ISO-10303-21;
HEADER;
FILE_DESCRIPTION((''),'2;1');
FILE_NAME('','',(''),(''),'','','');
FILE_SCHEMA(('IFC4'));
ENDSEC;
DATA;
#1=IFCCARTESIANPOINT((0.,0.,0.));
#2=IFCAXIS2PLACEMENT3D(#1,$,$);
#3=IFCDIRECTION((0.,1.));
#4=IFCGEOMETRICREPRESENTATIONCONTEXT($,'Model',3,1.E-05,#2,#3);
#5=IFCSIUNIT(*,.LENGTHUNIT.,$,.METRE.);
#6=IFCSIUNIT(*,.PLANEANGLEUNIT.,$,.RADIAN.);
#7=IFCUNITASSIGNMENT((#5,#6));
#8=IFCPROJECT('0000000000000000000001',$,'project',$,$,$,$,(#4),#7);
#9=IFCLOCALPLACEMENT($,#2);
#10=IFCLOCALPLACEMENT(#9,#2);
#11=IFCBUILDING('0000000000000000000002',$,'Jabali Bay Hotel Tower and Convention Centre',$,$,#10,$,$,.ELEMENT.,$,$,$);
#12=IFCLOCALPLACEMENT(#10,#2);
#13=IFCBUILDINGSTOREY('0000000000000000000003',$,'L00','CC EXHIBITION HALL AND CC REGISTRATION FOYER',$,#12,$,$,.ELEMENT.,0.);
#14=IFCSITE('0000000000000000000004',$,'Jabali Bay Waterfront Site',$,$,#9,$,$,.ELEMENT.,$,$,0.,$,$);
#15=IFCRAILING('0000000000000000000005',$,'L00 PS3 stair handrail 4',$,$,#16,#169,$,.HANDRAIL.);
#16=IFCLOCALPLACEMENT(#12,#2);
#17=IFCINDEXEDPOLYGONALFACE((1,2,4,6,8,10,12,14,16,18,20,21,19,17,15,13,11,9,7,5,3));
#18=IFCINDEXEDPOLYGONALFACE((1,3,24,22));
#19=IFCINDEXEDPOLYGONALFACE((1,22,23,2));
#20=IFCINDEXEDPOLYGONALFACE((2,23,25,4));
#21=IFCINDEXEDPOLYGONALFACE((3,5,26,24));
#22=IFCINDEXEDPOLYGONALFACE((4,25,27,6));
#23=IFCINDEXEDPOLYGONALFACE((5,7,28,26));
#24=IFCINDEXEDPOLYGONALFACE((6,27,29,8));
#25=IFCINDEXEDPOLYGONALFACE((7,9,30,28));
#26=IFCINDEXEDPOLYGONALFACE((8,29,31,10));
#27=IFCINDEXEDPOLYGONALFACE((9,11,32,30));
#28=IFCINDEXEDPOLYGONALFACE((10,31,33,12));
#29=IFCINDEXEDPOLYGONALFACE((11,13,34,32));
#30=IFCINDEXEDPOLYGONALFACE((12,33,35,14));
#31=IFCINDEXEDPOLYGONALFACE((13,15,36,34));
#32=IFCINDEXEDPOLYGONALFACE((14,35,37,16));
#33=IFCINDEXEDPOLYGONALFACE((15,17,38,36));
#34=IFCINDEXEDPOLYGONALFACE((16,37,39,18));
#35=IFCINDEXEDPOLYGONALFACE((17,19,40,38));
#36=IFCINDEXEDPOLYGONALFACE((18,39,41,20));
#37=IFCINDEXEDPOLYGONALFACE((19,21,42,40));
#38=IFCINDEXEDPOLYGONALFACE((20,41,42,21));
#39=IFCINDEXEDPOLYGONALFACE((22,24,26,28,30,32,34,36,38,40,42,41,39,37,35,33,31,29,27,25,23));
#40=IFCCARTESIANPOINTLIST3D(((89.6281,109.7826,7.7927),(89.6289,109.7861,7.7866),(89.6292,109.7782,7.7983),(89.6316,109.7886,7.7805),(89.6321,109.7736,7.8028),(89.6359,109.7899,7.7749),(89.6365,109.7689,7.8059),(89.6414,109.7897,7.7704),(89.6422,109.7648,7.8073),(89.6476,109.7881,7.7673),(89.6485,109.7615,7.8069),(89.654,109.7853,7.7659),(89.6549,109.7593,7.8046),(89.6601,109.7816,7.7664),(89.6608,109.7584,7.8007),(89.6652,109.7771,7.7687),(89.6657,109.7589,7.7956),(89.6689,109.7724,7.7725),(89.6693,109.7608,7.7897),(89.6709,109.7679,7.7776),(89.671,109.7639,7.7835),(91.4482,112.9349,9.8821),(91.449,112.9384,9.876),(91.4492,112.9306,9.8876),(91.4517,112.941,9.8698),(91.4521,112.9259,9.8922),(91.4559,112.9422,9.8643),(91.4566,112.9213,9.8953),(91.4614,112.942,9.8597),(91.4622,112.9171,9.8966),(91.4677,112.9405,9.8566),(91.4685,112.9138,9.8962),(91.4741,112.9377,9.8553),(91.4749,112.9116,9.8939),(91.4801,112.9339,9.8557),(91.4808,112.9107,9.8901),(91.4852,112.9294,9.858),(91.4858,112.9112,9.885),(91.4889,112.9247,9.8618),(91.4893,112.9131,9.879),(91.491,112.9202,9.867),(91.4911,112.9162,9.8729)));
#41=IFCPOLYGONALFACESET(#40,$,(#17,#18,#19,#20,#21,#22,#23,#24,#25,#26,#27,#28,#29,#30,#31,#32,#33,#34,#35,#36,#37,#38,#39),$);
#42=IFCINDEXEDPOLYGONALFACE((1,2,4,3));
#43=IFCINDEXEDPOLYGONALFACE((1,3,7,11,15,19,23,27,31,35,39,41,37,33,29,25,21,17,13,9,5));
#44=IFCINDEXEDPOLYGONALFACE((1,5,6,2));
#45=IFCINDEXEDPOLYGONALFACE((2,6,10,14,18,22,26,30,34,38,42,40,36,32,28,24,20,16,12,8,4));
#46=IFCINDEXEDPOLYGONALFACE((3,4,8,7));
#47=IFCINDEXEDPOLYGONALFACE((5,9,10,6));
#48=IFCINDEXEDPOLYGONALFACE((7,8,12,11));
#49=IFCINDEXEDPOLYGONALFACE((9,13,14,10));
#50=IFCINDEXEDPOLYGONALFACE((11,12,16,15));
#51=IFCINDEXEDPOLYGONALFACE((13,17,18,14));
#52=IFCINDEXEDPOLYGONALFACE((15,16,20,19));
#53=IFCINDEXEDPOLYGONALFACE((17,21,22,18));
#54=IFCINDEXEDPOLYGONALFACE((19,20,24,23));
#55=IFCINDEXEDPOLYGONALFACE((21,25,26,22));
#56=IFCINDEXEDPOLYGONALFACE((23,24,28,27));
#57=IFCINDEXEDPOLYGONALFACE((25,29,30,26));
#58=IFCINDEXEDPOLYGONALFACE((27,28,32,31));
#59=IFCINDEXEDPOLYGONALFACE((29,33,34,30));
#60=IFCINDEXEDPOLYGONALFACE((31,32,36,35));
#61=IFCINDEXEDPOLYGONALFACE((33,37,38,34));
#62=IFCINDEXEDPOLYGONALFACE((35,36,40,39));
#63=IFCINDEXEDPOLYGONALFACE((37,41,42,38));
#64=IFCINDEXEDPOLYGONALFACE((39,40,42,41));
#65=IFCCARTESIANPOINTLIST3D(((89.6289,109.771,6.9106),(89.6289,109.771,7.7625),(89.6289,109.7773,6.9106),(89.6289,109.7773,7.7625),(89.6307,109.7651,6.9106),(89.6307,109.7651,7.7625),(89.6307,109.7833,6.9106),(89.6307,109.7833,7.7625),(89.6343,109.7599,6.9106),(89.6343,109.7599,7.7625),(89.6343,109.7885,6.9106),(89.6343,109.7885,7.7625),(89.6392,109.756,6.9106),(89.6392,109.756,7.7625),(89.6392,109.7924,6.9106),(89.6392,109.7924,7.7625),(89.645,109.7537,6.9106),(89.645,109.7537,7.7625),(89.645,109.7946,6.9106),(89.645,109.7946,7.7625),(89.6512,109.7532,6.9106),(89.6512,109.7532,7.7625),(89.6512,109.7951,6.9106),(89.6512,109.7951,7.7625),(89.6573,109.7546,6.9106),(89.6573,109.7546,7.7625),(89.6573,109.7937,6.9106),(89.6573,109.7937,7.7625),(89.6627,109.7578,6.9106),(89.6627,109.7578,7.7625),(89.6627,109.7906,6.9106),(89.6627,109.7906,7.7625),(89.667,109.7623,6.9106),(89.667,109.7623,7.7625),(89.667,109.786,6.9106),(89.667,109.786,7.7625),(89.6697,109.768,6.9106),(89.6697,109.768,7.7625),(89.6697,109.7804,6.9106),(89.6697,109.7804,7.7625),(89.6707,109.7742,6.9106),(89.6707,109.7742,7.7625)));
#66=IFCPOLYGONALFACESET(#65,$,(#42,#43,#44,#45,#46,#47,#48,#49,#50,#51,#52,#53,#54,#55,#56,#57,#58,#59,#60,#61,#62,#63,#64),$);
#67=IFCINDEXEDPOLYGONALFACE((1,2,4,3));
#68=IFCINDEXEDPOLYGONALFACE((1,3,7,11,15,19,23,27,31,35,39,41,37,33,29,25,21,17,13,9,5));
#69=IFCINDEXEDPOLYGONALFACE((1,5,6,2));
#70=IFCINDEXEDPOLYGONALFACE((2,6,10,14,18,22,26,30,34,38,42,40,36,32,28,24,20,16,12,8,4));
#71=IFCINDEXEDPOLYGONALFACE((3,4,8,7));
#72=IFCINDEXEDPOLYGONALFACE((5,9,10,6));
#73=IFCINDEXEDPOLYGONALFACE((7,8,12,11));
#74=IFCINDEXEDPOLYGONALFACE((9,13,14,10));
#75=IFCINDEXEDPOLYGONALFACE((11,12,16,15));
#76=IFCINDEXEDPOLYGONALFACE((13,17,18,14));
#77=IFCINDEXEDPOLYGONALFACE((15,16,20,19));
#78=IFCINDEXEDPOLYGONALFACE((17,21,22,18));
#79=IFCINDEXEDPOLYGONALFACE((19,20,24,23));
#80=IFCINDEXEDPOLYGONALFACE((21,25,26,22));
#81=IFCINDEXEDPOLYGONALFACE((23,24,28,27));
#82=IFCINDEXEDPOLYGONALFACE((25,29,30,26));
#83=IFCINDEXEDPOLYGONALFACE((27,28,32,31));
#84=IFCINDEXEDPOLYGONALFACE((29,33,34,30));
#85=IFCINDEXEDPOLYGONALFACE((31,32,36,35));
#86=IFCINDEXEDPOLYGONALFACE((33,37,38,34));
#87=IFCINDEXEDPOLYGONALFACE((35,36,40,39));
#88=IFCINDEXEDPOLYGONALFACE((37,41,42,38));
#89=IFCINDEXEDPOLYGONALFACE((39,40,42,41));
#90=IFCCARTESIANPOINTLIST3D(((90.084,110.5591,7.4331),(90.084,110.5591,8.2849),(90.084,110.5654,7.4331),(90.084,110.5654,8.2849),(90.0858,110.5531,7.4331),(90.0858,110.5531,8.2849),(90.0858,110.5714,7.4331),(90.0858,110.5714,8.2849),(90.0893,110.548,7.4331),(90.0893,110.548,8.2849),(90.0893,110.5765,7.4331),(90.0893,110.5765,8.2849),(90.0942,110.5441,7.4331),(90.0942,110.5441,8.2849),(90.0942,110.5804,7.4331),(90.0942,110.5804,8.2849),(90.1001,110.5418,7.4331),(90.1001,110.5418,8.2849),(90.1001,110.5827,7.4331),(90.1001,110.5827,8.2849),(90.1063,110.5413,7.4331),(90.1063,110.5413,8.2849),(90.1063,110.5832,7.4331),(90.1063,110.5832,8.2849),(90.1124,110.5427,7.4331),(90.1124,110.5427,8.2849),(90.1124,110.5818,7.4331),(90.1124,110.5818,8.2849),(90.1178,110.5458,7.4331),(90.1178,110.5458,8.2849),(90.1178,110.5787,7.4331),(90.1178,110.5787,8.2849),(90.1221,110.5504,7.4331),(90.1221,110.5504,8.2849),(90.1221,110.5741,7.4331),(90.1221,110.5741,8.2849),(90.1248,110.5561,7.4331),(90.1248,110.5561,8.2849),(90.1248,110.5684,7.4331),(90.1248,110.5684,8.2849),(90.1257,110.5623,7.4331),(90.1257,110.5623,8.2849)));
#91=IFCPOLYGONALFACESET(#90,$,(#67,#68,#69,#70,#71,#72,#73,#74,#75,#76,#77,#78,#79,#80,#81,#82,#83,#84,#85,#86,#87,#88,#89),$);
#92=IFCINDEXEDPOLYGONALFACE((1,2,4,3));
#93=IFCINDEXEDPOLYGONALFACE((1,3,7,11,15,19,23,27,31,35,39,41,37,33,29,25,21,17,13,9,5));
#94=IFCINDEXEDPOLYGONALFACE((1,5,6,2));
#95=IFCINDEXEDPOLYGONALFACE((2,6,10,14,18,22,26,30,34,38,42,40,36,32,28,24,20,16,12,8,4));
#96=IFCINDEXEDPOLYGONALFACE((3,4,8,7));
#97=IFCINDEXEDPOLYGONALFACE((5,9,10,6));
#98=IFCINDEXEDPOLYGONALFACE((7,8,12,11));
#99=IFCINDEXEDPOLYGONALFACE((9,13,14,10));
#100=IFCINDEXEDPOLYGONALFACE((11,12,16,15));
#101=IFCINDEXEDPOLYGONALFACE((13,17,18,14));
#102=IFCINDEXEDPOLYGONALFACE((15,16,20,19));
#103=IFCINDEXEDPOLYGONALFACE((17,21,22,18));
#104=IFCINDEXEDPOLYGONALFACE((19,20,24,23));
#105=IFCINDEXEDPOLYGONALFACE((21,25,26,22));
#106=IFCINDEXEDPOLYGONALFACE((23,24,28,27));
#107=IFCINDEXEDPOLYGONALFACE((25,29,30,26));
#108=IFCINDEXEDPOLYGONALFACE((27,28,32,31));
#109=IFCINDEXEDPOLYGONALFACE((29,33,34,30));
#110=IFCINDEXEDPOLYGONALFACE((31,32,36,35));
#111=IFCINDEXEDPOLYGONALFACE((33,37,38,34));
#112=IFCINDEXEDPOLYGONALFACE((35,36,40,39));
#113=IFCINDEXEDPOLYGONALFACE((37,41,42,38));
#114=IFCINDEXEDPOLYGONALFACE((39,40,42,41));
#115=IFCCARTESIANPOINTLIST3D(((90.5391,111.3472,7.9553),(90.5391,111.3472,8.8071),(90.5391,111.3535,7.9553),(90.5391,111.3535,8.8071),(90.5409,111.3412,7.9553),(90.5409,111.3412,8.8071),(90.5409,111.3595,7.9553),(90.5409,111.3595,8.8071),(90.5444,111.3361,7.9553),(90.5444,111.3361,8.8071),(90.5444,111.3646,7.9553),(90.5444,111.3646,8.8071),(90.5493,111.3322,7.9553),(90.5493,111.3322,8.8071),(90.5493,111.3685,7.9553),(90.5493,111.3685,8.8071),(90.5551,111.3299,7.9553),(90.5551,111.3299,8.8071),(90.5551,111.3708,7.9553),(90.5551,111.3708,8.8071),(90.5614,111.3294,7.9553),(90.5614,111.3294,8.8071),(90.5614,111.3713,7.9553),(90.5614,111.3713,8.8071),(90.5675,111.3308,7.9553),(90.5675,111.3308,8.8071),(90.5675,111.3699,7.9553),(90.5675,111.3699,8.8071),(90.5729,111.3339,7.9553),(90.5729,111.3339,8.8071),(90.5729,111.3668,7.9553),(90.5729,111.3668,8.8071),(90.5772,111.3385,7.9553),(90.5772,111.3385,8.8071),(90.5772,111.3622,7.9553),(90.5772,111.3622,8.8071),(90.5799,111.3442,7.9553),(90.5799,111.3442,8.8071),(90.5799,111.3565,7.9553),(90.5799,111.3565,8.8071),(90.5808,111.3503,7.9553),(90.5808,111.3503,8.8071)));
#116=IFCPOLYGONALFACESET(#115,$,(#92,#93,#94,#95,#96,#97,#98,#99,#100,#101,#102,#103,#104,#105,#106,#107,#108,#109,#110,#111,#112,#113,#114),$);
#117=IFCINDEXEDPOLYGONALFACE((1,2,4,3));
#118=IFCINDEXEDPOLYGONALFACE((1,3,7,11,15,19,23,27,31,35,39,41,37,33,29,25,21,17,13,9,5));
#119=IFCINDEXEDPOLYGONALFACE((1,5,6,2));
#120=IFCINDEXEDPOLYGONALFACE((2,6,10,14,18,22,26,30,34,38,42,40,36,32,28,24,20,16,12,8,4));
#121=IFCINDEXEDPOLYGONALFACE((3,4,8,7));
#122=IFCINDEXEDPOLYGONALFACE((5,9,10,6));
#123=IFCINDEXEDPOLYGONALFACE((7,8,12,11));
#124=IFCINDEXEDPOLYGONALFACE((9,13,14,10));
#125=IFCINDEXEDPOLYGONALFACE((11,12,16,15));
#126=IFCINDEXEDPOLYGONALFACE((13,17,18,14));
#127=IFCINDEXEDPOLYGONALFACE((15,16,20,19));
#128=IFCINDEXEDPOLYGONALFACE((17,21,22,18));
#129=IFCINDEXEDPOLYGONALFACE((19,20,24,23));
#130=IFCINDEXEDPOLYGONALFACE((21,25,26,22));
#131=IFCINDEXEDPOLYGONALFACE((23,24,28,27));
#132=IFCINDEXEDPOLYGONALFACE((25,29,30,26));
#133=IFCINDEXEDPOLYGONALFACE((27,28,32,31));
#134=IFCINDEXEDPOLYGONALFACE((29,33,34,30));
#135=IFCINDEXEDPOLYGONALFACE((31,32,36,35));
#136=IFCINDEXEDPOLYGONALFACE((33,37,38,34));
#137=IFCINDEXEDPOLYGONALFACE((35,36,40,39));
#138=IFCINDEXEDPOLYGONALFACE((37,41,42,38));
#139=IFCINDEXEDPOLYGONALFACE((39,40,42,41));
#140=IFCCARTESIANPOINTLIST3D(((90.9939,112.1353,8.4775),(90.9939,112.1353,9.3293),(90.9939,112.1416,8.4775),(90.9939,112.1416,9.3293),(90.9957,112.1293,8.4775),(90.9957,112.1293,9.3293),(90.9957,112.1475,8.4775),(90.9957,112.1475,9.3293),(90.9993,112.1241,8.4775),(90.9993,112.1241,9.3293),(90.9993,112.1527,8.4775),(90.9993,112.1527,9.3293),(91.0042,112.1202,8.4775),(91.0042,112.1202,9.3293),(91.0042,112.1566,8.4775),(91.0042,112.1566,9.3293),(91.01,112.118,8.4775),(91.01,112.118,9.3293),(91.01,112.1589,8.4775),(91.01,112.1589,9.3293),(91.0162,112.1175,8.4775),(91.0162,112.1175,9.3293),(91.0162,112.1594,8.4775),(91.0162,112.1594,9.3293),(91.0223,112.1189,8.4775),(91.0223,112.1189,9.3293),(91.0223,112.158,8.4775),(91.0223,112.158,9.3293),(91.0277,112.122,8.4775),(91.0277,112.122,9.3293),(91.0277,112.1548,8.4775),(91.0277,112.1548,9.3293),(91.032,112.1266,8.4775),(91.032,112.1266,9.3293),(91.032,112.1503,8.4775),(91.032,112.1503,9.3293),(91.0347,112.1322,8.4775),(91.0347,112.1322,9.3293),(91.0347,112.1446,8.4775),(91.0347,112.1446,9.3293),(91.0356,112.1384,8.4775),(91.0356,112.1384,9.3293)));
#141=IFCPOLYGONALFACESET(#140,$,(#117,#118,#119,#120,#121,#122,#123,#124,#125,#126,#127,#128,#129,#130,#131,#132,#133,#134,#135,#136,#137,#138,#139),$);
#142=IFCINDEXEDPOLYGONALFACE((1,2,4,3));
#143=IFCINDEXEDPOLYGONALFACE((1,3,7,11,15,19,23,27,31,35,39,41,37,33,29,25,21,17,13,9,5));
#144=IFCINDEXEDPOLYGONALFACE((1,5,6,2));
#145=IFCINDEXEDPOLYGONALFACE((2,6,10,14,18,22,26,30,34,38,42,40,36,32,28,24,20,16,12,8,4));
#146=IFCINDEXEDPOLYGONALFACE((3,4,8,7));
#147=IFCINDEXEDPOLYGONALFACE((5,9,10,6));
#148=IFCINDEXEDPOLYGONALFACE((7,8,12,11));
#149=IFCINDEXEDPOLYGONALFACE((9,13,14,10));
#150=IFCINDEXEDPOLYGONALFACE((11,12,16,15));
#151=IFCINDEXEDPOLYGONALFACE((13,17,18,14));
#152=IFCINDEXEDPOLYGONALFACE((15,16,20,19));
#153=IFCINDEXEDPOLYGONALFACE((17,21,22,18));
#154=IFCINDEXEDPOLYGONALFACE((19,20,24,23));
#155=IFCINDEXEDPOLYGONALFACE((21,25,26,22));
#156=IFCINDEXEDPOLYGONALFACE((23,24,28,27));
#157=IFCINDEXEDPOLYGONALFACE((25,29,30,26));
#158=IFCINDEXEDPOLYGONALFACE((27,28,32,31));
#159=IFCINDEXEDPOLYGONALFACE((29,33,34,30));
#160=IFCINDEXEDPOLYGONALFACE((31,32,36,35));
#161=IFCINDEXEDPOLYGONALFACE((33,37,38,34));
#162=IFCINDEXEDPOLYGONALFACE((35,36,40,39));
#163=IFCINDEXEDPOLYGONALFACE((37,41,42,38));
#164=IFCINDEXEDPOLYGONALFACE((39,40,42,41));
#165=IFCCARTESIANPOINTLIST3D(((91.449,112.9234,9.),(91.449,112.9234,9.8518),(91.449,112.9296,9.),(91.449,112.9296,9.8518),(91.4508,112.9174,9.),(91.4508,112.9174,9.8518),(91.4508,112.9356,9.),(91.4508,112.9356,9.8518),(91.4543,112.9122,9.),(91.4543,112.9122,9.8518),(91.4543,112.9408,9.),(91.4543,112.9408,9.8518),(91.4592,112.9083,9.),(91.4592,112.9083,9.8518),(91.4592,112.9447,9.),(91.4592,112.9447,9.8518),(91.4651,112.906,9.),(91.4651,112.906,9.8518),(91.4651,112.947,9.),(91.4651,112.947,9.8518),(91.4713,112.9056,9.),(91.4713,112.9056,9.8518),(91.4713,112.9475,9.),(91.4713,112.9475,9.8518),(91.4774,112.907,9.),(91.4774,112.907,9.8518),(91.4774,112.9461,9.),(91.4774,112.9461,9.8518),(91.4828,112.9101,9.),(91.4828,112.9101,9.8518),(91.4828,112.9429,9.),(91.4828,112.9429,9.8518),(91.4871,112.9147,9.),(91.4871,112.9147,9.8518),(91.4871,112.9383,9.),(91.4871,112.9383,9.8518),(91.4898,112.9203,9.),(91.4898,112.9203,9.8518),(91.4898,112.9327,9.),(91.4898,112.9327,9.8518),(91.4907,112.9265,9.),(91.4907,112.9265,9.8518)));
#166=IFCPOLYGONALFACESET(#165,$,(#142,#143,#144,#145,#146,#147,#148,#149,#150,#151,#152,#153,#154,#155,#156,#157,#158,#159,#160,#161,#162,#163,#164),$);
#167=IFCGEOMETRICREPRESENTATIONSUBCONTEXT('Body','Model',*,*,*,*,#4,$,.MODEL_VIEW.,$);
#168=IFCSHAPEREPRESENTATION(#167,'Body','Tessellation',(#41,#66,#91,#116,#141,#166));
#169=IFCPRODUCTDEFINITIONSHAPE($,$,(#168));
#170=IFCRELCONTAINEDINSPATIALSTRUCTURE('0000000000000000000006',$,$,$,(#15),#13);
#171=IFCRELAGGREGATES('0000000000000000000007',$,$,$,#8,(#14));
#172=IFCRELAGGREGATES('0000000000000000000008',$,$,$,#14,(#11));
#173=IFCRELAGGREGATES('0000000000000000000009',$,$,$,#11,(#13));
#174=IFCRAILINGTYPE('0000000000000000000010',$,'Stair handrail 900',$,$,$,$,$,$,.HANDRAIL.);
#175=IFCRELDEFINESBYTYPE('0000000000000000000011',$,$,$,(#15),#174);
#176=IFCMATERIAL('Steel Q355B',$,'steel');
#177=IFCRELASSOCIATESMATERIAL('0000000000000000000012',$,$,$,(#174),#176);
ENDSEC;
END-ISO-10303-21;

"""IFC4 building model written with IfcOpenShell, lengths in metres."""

from ifc_helpers import new_model, si_unit, direction, frame, origin, origin_2d, place, context, subcontext, project, spatial, circle, extrude, material, type_object, element, save


model = new_model("IFC4")

# Units and contexts
model_context = context("Model", 3, precision=1e-05, world=origin(), true_north=direction((0.0, 1.0)))
body_context = subcontext(model_context, "Body", "Model", "MODEL_VIEW")
ifc_project = project(units=[si_unit("LENGTHUNIT", "METRE"), si_unit("PLANEANGLEUNIT", "RADIAN")], contexts=[model_context])

# Site, building, storey
site_placement = place(None, origin())
site = spatial("IfcSite", under=ifc_project, at=site_placement, Name="Jabali Bay Waterfront Site", CompositionType="ELEMENT", RefElevation=0.0)
building_placement = place(site_placement, origin())
building = spatial("IfcBuilding", under=site, at=building_placement, Name="Jabali Bay Hotel Tower and Convention Centre", CompositionType="ELEMENT")
storey_placement = place(building_placement, origin())
storey = spatial("IfcBuildingStorey", under=building, at=storey_placement, Name="L00", Description="CC EXHIBITION HALL AND CC REGISTRATION FOYER", CompositionType="ELEMENT", Elevation=0.0)

# Railing
ifc_material_1 = material(Name="Steel Q355B", Category="steel")
railing_type_1 = type_object("IfcRailingType", Name="Stair handrail 900", PredefinedType="HANDRAIL", material=ifc_material_1)
for number, where, name in (
    (1, (89.6497, 109.7742, 6.9106), "L00 PS3 stair handrail 4"),
):
    element("IfcRailing", number, at=place(storey_placement, frame(where)), inside=storey, type_object=railing_type_1, Name=name, PredefinedType="HANDRAIL", context=body_context, shape_type="SweptSolid", body=[
        extrude(circle(Radius=0.0239, at=origin_2d()), frame((0.0, 0.0, 0.876), z_axis=(0.433653, 0.751084, 0.497814), x_axis=(-0.866018, 0.500013, 0.0)), (0.0, 0.0, 1.0), 4.197),
        extrude(circle(Radius=0.021, at=origin_2d()), origin(), (0.0, 0.0, 1.0), 0.8518),
        extrude(circle(Radius=0.021, at=origin_2d()), frame((0.4551, 0.7881, 0.5225)), (0.0, 0.0, 1.0), 0.8518),
        extrude(circle(Radius=0.021, at=origin_2d()), frame((0.9102, 1.5762, 1.0447)), (0.0, 0.0, 1.0), 0.8518),
        extrude(circle(Radius=0.021, at=origin_2d()), frame((1.365, 2.3643, 1.5669)), (0.0, 0.0, 1.0), 0.8518),
        extrude(circle(Radius=0.021, at=origin_2d()), frame((1.8201, 3.1523, 2.0894)), (0.0, 0.0, 1.0), 0.8518),
    ])

save(model, "model.ifc")
